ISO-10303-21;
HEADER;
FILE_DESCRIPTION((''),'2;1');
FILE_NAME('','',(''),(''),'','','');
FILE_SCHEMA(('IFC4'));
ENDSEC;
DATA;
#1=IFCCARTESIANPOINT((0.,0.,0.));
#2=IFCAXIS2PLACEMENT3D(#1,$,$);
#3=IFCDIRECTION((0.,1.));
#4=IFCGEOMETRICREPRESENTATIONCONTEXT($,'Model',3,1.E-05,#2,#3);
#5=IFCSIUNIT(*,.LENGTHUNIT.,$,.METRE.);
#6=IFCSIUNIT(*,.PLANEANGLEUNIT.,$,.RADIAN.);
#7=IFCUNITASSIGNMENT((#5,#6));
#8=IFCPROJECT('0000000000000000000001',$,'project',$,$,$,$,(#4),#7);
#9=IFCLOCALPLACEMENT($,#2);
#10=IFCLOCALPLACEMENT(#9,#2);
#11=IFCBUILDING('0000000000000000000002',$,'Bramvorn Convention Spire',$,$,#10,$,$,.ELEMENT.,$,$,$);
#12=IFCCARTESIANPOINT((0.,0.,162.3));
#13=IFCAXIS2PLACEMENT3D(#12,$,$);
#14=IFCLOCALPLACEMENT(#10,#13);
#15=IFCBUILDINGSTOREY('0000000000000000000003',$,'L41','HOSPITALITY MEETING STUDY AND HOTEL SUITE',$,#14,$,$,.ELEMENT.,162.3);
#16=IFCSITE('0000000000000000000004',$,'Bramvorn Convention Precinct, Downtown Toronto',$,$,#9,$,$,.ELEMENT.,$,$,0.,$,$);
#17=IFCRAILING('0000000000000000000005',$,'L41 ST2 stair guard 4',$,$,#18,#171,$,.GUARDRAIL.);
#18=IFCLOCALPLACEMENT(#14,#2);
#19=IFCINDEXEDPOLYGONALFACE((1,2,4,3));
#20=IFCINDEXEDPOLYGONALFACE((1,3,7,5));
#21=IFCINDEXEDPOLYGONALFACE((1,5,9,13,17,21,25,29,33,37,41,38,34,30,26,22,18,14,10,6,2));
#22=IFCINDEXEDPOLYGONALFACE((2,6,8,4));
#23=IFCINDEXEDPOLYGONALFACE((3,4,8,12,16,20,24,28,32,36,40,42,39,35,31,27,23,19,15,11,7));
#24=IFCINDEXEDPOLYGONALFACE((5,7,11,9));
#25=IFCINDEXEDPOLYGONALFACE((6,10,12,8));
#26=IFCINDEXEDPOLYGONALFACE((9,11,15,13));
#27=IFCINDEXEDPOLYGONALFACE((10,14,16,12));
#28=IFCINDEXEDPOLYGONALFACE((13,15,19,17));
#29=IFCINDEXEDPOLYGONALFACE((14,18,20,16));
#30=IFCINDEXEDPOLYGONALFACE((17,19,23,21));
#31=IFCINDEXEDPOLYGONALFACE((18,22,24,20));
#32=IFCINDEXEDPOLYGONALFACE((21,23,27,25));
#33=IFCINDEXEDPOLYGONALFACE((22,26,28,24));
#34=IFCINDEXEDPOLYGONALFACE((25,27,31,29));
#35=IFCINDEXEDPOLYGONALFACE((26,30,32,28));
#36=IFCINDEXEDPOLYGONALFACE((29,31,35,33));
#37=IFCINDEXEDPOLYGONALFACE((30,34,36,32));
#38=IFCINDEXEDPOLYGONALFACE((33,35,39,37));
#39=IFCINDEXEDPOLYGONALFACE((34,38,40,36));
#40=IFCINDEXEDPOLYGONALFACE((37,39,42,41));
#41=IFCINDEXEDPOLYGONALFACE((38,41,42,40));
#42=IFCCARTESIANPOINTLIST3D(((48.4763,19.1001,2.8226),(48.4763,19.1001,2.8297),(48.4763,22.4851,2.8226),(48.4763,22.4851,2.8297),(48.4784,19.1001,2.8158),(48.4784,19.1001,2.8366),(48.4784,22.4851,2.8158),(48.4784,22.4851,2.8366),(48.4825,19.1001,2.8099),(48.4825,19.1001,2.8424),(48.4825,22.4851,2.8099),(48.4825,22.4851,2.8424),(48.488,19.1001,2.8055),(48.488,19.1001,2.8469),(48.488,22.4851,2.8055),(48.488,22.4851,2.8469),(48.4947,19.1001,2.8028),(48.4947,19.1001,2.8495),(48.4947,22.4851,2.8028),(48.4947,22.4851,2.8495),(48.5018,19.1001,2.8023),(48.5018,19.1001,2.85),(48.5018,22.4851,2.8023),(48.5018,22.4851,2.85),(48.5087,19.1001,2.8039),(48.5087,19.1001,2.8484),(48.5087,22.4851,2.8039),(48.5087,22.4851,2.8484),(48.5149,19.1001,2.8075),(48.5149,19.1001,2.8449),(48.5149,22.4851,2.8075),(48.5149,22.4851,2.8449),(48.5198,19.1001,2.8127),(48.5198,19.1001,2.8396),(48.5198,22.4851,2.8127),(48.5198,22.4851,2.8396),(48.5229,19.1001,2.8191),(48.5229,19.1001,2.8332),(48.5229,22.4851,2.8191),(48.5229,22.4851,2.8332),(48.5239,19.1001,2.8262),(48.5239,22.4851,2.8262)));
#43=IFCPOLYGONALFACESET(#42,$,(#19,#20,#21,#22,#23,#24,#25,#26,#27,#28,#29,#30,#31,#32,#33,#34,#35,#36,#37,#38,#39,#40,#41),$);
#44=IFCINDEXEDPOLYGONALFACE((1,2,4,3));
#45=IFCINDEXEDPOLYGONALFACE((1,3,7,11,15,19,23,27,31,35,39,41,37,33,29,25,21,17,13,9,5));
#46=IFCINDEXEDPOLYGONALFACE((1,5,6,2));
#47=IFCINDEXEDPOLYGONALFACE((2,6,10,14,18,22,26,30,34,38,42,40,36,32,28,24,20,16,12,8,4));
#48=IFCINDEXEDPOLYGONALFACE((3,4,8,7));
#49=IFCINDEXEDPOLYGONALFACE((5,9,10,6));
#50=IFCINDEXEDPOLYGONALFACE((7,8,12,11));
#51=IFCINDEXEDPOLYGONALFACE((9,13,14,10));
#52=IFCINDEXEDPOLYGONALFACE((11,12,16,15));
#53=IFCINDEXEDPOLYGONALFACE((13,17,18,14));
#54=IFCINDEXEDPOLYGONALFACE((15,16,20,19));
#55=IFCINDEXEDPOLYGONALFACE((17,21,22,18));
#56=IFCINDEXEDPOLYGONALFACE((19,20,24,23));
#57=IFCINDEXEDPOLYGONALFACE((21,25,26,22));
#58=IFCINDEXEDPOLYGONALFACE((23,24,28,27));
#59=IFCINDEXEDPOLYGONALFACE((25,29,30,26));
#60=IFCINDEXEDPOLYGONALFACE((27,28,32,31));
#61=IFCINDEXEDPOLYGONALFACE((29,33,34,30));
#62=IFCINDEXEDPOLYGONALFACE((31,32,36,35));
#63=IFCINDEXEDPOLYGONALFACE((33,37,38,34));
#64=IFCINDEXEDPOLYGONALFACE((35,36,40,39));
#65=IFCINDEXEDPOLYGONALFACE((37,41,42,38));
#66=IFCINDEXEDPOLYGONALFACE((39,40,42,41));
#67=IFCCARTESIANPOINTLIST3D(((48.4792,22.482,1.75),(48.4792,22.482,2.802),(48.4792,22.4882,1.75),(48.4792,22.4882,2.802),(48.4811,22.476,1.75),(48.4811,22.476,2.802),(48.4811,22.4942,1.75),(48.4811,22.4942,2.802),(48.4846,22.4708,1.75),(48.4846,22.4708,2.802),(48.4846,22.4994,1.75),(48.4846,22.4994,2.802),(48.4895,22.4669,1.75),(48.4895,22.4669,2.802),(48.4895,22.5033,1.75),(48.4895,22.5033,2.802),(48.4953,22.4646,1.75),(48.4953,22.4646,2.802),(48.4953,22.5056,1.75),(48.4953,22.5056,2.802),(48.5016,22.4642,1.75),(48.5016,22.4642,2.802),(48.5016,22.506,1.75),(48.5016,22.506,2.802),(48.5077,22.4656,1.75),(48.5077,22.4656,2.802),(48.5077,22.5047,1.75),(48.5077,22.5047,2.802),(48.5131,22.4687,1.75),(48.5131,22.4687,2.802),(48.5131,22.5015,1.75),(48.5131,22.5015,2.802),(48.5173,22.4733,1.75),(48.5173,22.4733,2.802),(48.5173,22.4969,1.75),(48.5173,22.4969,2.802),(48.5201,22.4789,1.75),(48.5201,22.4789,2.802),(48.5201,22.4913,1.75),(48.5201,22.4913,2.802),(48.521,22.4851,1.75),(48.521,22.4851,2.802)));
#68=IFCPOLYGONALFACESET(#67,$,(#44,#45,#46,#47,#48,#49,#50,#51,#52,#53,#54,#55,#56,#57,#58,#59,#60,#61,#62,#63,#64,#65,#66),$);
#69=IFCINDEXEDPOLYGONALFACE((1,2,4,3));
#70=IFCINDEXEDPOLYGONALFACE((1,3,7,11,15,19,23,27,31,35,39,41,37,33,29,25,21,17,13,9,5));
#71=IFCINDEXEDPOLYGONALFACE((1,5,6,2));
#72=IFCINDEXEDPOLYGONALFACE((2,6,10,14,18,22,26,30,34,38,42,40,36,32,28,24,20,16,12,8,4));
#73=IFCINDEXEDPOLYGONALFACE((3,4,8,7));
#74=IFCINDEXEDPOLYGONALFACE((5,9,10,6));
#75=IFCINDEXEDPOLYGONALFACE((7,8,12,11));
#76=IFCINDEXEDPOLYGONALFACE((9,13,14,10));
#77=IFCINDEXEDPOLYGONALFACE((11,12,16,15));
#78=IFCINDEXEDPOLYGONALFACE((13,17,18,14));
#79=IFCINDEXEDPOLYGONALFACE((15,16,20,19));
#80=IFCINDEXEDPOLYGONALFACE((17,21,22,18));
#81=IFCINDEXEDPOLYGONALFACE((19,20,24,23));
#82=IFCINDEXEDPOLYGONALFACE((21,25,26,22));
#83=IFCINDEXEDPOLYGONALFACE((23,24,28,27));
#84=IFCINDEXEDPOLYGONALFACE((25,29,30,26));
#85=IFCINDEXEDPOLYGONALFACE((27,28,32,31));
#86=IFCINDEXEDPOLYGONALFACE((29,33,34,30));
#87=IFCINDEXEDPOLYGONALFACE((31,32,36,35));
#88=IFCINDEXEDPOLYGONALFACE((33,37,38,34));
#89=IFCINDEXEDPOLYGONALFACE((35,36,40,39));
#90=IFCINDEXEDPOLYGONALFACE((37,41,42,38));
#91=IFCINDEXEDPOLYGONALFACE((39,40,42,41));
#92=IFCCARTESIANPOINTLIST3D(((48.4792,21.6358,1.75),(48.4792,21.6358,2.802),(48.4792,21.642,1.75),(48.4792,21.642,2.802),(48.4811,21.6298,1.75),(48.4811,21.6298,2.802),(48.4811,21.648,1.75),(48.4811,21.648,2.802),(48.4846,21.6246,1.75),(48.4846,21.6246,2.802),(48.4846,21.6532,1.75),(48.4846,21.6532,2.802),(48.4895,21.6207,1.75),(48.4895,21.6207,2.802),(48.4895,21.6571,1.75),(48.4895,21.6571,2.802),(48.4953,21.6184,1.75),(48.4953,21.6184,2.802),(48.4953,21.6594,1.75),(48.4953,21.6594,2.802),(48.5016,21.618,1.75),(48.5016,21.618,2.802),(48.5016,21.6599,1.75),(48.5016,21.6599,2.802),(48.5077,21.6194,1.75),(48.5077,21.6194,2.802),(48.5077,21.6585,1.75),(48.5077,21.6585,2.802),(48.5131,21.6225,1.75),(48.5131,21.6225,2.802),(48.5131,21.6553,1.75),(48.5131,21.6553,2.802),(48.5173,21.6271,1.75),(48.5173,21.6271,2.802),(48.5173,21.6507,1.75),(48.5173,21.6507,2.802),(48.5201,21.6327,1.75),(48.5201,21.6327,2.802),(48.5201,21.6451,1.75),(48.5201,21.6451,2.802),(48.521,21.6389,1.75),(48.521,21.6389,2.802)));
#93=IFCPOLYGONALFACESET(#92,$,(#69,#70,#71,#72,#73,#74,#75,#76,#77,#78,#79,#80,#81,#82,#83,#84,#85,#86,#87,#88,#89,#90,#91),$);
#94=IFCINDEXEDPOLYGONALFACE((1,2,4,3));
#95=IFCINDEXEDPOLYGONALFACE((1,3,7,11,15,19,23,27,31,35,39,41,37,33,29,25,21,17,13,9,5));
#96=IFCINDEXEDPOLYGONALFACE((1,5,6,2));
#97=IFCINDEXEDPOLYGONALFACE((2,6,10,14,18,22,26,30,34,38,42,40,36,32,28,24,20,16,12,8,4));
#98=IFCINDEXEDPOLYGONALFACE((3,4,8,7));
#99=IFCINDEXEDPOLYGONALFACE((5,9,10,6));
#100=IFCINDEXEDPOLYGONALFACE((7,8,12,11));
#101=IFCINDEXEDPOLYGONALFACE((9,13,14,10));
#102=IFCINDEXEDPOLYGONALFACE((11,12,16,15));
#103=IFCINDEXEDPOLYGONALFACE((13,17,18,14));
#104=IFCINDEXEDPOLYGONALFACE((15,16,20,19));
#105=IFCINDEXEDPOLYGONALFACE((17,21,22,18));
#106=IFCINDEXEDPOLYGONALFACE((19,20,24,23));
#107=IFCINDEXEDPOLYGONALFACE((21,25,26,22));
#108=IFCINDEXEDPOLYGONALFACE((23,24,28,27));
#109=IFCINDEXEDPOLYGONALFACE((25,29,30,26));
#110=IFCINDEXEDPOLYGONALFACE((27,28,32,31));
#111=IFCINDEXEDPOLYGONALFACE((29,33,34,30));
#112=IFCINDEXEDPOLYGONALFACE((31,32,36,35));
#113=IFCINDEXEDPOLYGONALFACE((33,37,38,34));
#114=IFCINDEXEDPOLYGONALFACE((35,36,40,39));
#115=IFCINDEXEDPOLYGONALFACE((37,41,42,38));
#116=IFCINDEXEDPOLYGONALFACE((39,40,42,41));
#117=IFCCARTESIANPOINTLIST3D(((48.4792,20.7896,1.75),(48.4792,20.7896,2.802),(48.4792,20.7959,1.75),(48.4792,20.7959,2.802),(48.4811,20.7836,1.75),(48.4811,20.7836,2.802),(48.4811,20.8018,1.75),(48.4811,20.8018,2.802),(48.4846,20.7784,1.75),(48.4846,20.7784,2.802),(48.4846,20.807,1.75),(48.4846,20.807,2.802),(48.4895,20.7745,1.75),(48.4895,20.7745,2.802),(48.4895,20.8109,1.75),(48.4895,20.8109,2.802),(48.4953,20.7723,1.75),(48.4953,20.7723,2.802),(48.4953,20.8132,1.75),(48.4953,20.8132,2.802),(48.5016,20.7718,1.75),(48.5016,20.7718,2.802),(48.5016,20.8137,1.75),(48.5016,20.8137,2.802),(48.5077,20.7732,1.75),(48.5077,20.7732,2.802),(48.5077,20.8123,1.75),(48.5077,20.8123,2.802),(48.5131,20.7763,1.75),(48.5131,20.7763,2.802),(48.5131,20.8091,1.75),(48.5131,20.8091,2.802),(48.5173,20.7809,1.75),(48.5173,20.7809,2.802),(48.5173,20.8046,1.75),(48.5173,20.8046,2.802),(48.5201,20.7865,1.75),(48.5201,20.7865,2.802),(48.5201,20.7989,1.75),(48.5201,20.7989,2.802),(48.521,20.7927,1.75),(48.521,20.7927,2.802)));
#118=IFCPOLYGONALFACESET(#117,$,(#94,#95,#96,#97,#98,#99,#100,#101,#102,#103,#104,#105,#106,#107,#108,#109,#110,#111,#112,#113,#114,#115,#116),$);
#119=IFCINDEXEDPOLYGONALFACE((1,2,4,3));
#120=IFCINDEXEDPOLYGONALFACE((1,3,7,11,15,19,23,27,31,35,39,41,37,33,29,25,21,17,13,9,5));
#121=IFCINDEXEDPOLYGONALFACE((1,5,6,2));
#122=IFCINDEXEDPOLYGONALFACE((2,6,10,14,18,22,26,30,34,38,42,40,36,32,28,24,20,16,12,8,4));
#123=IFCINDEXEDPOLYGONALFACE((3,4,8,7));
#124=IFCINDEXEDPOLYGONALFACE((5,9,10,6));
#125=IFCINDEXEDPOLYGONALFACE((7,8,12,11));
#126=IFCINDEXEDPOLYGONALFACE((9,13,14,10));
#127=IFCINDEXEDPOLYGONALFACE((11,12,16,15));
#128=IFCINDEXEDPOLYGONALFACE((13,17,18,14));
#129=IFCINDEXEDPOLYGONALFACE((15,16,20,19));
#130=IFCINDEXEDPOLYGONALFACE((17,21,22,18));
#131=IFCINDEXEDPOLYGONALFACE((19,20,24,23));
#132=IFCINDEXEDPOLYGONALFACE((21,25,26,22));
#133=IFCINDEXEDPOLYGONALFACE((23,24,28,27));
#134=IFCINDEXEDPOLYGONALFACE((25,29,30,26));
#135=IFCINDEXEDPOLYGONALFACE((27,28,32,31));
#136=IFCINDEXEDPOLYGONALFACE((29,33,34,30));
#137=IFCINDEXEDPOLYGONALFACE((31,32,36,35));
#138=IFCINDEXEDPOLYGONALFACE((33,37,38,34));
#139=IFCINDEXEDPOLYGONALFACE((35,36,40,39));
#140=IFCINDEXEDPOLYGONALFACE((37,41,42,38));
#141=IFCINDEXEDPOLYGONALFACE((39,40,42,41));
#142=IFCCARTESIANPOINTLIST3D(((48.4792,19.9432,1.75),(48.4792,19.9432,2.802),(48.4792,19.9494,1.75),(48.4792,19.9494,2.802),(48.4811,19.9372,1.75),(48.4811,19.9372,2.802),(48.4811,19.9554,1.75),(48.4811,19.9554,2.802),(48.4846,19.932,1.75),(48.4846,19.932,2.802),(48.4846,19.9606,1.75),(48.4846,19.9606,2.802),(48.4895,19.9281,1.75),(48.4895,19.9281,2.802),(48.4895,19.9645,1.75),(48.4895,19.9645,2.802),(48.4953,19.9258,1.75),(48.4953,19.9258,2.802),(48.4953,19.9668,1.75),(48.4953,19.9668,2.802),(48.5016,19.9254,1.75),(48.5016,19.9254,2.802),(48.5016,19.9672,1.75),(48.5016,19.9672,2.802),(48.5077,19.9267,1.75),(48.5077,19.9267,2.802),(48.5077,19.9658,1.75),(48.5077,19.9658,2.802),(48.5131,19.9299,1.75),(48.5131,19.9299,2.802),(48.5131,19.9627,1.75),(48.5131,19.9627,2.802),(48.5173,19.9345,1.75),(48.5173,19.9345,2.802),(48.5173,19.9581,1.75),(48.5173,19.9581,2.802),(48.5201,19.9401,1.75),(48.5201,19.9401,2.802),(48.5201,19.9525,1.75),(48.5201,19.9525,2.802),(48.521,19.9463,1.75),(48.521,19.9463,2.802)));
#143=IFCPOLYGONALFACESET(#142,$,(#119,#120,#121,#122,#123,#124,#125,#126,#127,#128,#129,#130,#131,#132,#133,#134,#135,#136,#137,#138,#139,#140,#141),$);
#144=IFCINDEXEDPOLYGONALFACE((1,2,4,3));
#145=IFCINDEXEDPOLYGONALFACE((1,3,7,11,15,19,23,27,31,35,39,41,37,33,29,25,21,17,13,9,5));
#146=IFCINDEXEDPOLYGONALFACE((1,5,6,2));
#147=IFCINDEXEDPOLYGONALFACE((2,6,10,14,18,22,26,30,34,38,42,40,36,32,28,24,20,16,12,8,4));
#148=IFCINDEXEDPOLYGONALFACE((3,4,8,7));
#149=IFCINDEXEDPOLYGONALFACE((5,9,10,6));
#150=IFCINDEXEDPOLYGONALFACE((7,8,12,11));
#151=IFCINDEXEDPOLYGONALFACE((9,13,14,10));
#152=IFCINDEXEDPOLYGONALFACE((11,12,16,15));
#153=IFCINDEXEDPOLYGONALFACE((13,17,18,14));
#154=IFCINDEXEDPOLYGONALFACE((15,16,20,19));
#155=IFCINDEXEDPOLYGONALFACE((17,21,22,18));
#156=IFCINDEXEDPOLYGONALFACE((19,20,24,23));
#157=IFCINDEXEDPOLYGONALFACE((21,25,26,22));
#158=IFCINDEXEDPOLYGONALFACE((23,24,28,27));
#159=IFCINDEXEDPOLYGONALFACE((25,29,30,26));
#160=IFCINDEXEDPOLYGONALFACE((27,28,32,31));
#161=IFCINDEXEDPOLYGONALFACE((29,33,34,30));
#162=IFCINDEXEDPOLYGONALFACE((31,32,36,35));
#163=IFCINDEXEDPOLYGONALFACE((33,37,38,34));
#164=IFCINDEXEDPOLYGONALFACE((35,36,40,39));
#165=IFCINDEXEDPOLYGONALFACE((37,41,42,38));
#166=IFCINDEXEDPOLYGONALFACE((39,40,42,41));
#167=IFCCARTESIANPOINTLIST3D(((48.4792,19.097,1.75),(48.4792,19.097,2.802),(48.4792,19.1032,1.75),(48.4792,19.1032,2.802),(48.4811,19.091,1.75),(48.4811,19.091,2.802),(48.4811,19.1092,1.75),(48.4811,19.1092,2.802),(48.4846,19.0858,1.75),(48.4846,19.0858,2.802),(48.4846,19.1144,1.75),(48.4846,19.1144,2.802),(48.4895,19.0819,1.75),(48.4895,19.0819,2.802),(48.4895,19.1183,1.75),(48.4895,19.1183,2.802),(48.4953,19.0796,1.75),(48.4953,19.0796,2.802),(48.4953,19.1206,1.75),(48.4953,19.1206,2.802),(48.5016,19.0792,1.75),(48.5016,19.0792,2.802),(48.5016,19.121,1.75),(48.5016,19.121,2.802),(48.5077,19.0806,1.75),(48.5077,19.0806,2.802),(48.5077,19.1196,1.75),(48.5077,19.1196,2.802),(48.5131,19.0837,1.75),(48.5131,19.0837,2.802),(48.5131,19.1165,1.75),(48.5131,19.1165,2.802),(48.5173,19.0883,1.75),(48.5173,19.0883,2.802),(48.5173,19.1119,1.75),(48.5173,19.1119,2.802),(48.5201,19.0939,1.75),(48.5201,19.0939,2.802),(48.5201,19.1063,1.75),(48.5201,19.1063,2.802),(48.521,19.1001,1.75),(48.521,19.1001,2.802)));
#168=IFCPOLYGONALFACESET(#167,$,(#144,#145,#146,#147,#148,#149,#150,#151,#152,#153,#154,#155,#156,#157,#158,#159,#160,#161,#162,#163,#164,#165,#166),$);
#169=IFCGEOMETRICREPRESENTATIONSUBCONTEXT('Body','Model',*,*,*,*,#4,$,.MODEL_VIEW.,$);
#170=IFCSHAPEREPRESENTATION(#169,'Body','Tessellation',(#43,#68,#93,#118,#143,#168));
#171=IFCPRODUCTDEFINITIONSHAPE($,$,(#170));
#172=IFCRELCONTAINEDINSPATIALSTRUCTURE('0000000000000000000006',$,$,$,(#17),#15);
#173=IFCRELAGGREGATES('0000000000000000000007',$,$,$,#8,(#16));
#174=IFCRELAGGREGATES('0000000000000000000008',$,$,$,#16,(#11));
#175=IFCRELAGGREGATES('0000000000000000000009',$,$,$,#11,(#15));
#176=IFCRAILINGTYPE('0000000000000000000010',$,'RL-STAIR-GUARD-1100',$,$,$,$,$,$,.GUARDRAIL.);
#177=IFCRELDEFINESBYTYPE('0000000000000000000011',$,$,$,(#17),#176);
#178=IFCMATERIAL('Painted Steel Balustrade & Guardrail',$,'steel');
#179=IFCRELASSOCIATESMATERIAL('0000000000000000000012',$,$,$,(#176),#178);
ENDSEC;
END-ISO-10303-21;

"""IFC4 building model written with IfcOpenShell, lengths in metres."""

from ifc_helpers import new_model, si_unit, direction, frame, origin, origin_2d, place, context, subcontext, project, spatial, circle, extrude, material, type_object, element, save


model = new_model("IFC4")

# Units and contexts
model_context = context("Model", 3, precision=1e-05, world=origin(), true_north=direction((0.0, 1.0)))
body_context = subcontext(model_context, "Body", "Model", "MODEL_VIEW")
ifc_project = project(units=[si_unit("LENGTHUNIT", "METRE"), si_unit("PLANEANGLEUNIT", "RADIAN")], contexts=[model_context])

# Site, building, storey
site_placement = place(None, origin())
site = spatial("IfcSite", under=ifc_project, at=site_placement, Name="Bramvorn Convention Precinct, Downtown Toronto", CompositionType="ELEMENT", RefElevation=0.0)
building_placement = place(site_placement, origin())
building = spatial("IfcBuilding", under=site, at=building_placement, Name="Bramvorn Convention Spire", CompositionType="ELEMENT")
storey_placement = place(building_placement, frame((0.0, 0.0, 162.3)))
storey = spatial("IfcBuildingStorey", under=building, at=storey_placement, Name="L41", Description="HOSPITALITY MEETING STUDY AND HOTEL SUITE", CompositionType="ELEMENT", Elevation=162.3)

# Railing
ifc_material_1 = material(Name="Painted Steel Balustrade & Guardrail", Category="steel")
railing_type_1 = type_object("IfcRailingType", Name="RL-STAIR-GUARD-1100", PredefinedType="GUARDRAIL", material=ifc_material_1)
railing_1_placement = place(storey_placement, frame((48.5, 22.4851, 1.75)))
element("IfcRailing", 1, at=railing_1_placement, inside=storey, type_object=railing_type_1, Name="L41 ST2 stair guard 4", PredefinedType="GUARDRAIL", context=body_context, shape_type="SweptSolid", body=[
    extrude(circle(Radius=0.0239, at=origin_2d()), frame((0.0, 0.0, 1.0762), z_axis=(0.0, -1.0, 0.0), x_axis=(1.0, 0.0, 0.0)), (0.0, 0.0, 1.0), 3.385),
    extrude(circle(Radius=0.021, at=origin_2d()), origin(), (0.0, 0.0, 1.0), 1.052),
    extrude(circle(Radius=0.021, at=origin_2d()), frame((0.0, -0.8462, 0.0)), (0.0, 0.0, 1.0), 1.052),
    extrude(circle(Radius=0.021, at=origin_2d()), frame((0.0, -1.6924, 0.0)), (0.0, 0.0, 1.0), 1.052),
    extrude(circle(Radius=0.021, at=origin_2d()), frame((0.0, -2.5388, 0.0)), (0.0, 0.0, 1.0), 1.052),
    extrude(circle(Radius=0.021, at=origin_2d()), frame((0.0, -3.385, 0.0)), (0.0, 0.0, 1.0), 1.052),
])

save(model, "model.ifc")
